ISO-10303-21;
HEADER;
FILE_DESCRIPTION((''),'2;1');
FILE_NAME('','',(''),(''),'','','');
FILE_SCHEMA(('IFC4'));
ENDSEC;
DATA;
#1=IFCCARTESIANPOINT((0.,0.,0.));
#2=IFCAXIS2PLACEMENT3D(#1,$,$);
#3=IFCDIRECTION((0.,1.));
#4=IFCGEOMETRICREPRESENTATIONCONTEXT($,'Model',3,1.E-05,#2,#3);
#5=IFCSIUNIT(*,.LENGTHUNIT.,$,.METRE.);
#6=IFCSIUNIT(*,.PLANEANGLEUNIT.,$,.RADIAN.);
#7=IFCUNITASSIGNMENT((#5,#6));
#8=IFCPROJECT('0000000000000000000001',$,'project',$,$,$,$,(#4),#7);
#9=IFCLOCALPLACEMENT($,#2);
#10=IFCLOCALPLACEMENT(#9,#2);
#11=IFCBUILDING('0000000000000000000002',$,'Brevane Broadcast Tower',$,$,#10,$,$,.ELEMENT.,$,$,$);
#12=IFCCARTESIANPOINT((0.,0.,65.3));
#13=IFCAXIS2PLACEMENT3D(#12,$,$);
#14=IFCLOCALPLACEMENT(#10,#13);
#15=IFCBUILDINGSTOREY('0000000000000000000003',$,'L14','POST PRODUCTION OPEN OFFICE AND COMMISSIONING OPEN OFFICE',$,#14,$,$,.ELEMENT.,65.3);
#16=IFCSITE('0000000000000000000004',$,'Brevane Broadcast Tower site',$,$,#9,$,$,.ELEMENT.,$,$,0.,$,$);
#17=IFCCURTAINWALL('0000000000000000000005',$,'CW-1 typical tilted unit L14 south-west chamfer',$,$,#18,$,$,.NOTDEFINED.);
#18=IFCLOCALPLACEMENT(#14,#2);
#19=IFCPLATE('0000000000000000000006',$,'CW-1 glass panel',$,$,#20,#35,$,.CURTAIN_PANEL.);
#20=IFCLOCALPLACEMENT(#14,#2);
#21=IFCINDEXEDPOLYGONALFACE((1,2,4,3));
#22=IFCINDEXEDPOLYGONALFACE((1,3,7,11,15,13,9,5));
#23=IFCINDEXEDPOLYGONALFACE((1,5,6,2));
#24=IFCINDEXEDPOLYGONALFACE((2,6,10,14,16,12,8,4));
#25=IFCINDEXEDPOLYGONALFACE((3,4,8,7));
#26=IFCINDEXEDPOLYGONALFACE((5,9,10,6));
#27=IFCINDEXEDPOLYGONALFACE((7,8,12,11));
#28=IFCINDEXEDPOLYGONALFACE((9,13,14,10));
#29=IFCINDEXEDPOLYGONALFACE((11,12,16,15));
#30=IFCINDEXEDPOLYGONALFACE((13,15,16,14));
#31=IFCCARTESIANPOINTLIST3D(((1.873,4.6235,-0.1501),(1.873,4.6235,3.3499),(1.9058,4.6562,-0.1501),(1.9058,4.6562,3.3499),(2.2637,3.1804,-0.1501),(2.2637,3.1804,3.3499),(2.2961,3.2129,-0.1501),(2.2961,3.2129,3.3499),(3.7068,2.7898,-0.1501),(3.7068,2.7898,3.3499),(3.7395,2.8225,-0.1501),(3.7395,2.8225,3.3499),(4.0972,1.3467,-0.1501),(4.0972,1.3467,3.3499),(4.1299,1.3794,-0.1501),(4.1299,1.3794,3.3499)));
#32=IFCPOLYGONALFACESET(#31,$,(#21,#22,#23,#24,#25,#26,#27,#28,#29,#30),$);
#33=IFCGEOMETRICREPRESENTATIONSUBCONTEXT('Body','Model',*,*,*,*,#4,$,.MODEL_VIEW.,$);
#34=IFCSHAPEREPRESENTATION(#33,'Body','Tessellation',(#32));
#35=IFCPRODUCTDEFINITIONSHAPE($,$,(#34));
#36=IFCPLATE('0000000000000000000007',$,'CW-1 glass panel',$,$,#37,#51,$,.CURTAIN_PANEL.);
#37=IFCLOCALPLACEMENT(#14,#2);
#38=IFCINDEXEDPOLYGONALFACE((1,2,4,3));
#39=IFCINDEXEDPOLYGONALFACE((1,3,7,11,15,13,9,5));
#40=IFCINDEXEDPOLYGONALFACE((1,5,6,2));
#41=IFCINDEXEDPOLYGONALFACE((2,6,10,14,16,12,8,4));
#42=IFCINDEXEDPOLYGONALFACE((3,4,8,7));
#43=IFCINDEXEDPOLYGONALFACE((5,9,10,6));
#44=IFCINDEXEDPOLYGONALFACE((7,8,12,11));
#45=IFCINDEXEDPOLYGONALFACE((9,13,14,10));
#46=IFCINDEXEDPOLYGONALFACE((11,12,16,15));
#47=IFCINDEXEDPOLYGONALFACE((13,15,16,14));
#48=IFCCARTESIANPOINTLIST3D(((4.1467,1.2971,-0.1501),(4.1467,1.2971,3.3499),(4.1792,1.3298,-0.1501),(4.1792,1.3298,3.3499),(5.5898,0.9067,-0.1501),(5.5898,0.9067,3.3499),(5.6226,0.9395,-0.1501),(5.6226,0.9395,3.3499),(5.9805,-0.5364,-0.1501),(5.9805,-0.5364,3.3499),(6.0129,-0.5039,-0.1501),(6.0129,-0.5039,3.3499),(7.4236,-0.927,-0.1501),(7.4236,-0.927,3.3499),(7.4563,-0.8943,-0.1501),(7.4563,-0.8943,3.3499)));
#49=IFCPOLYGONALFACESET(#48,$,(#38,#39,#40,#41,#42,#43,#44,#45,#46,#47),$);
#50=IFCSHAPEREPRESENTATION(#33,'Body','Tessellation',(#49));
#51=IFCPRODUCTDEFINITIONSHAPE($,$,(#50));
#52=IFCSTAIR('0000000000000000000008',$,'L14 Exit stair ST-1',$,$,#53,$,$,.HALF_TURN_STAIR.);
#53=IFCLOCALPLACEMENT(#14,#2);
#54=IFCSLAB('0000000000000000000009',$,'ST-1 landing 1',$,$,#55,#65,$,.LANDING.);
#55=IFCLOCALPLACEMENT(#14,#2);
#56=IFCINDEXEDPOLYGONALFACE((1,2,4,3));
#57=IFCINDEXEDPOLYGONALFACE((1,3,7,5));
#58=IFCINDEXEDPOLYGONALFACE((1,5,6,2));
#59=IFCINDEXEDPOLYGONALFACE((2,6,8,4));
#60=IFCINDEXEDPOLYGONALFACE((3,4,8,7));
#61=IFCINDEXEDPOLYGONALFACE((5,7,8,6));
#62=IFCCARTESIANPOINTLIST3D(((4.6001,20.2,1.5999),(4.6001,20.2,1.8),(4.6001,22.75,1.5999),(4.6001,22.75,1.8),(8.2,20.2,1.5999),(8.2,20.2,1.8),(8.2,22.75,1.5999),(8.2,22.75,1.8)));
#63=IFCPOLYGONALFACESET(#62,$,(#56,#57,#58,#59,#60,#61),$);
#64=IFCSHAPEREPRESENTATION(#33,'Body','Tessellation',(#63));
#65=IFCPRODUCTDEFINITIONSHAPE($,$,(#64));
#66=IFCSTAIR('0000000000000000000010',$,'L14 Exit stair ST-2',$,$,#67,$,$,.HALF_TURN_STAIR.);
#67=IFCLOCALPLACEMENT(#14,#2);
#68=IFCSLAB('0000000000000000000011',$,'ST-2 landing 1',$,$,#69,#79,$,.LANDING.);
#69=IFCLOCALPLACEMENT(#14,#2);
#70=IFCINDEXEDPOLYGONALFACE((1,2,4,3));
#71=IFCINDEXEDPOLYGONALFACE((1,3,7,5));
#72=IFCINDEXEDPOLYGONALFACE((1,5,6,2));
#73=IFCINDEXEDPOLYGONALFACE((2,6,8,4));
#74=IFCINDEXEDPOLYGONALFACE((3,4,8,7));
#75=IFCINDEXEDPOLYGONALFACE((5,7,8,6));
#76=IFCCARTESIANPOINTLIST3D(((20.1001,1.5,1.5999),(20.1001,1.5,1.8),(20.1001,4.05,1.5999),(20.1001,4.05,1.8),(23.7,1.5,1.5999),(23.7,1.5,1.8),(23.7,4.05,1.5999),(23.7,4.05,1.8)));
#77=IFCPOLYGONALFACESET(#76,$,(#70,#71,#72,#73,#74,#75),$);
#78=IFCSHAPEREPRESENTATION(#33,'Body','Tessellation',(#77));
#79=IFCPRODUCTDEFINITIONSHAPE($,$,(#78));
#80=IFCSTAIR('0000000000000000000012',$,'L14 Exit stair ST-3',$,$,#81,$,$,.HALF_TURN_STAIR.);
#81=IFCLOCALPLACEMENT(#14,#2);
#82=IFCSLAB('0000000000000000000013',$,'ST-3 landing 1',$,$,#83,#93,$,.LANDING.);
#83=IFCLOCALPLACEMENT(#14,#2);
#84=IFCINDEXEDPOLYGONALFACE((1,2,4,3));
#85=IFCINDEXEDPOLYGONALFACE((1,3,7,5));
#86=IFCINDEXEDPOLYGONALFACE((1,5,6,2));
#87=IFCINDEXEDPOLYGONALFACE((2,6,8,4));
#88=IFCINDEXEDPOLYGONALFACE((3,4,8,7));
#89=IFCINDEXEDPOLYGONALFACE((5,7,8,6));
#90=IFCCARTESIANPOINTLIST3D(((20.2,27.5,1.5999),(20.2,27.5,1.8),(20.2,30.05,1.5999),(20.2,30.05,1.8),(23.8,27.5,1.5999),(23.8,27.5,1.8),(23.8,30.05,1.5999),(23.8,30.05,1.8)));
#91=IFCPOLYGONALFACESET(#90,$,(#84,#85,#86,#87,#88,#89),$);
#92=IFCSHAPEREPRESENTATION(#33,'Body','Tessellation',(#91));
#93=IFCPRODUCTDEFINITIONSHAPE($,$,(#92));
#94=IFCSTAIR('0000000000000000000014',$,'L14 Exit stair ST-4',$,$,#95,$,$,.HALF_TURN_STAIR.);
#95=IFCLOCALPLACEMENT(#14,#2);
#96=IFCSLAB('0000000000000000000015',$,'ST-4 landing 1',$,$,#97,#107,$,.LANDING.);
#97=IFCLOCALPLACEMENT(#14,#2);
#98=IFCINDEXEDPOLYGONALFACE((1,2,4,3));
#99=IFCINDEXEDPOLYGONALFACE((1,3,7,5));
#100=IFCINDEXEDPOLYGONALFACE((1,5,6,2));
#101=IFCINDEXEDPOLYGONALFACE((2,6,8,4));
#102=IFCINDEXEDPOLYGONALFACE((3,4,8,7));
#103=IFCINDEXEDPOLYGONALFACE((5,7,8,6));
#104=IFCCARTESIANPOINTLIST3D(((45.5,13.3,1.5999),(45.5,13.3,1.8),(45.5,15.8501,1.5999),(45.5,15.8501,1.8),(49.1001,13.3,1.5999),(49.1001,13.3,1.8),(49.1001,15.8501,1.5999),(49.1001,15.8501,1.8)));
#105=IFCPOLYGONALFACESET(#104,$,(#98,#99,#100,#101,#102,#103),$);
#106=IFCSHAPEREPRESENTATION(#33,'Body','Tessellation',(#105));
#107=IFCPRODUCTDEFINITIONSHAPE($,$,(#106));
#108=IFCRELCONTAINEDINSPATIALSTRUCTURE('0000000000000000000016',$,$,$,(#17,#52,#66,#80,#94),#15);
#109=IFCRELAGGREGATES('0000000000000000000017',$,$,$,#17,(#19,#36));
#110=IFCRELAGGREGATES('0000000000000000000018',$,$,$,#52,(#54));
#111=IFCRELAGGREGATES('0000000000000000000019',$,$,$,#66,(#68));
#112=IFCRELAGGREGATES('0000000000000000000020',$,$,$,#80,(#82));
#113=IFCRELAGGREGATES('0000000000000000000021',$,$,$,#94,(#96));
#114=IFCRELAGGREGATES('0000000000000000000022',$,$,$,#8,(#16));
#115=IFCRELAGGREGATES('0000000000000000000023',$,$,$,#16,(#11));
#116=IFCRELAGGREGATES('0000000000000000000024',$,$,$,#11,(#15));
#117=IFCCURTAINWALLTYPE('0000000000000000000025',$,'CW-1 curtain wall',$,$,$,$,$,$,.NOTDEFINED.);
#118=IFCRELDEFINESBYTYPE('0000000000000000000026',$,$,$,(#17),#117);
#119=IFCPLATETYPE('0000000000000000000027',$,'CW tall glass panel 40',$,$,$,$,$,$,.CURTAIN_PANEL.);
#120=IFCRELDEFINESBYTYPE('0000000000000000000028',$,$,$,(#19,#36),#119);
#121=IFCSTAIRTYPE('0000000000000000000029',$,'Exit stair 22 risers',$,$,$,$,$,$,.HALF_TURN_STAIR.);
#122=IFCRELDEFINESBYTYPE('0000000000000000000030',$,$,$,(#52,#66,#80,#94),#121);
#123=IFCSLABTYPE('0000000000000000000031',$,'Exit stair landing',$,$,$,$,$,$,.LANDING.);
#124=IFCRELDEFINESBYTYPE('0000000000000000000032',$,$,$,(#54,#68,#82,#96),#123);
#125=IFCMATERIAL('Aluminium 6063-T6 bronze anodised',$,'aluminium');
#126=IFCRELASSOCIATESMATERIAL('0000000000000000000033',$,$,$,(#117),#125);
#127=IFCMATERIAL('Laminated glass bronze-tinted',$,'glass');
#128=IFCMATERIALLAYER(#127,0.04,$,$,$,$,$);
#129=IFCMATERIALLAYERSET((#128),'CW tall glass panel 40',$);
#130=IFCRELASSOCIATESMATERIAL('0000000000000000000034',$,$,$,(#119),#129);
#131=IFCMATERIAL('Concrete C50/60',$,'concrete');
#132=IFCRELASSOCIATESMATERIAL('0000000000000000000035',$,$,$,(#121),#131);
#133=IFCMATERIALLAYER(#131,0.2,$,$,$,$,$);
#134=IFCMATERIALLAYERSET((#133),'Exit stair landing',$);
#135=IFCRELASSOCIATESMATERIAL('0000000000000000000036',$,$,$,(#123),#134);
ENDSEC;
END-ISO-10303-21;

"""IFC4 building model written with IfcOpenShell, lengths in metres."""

from ifc_helpers import new_model, si_unit, direction, frame, origin, place, context, subcontext, project, spatial, polyline, outline, extrude, material, layer, layer_set, type_object, element, aggregate, save


model = new_model("IFC4")

# Units and contexts
model_context = context("Model", 3, precision=1e-05, world=origin(), true_north=direction((0.0, 1.0)))
body_context = subcontext(model_context, "Body", "Model", "MODEL_VIEW")
ifc_project = project(units=[si_unit("LENGTHUNIT", "METRE"), si_unit("PLANEANGLEUNIT", "RADIAN")], contexts=[model_context])

# Site, building, storey
site_placement = place(None, origin())
site = spatial("IfcSite", under=ifc_project, at=site_placement, Name="Brevane Broadcast Tower site", CompositionType="ELEMENT", RefElevation=0.0)
building_placement = place(site_placement, origin())
building = spatial("IfcBuilding", under=site, at=building_placement, Name="Brevane Broadcast Tower", CompositionType="ELEMENT")
storey_placement = place(building_placement, frame((0.0, 0.0, 65.3)))
storey = spatial("IfcBuildingStorey", under=building, at=storey_placement, Name="L14", Description="POST PRODUCTION OPEN OFFICE AND COMMISSIONING OPEN OFFICE", CompositionType="ELEMENT", Elevation=65.3)

# Curtain wall, plates
ifc_material_1 = material(Name="Aluminium 6063-T6 bronze anodised", Category="aluminium")
curtain_wall_type = type_object("IfcCurtainWallType", Name="CW-1 curtain wall", PredefinedType="NOTDEFINED", material=ifc_material_1)
ifc_material_2 = material(Name="Laminated glass bronze-tinted", Category="glass")
ifc_layer_1 = layer(ifc_material_2, 0.04)
ifc_layer_set_1 = layer_set([ifc_layer_1], Name="CW tall glass panel 40")
plate_type = type_object("IfcPlateType", Name="CW tall glass panel 40", PredefinedType="CURTAIN_PANEL", material=ifc_layer_set_1)
curtain_wall_1_placement = place(storey_placement, origin())
curtain_wall_1 = element("IfcCurtainWall", 1, at=curtain_wall_1_placement, inside=storey, type_object=curtain_wall_type, Name="CW-1 typical tilted unit L14 south-west chamfer", PredefinedType="NOTDEFINED")
plate_1_placement = place(storey_placement, frame((0.0, 0.0, -0.1501)))
plate_1 = element("IfcPlate", 2, at=plate_1_placement, type_object=plate_type, Name="CW-1 glass panel", PredefinedType="CURTAIN_PANEL", context=body_context, shape_type="SweptSolid", body=[
    extrude(outline(polyline([(1.9058, 4.6562), (1.873, 4.6235), (2.2637, 3.1804), (3.7068, 2.7898), (4.0972, 1.3467), (4.1299, 1.3794), (3.7395, 2.8225), (2.2961, 3.2129), (1.9058, 4.6562)])), origin(), (0.0, 0.0, 1.0), 3.5),
])
plate_2_placement = place(storey_placement, frame((0.0, 0.0, -0.1501)))
plate_2 = element("IfcPlate", 3, at=plate_2_placement, type_object=plate_type, Name="CW-1 glass panel", PredefinedType="CURTAIN_PANEL", context=body_context, shape_type="SweptSolid", body=[
    extrude(outline(polyline([(4.1792, 1.3298), (4.1467, 1.2971), (5.5898, 0.9067), (5.9805, -0.5364), (7.4236, -0.927), (7.4563, -0.8943), (6.0129, -0.5039), (5.6226, 0.9395), (4.1792, 1.3298)])), origin(), (0.0, 0.0, 1.0), 3.5),
])
aggregate(curtain_wall_1, [plate_1, plate_2])

# Stairs, slabs
ifc_material_3 = material(Name="Concrete C50/60", Category="concrete")
stair_type = type_object("IfcStairType", Name="Exit stair 22 risers", PredefinedType="HALF_TURN_STAIR", material=ifc_material_3)
stair_1_placement = place(storey_placement, origin())
stair_1 = element("IfcStair", 4, at=stair_1_placement, inside=storey, type_object=stair_type, Name="L14 Exit stair ST-1", PredefinedType="HALF_TURN_STAIR")
ifc_layer_2 = layer(ifc_material_3, 0.2)
ifc_layer_set_2 = layer_set([ifc_layer_2], Name="Exit stair landing")
slab_type_1 = type_object("IfcSlabType", Name="Exit stair landing", PredefinedType="LANDING", material=ifc_layer_set_2)
slab_1_placement = place(storey_placement, frame((0.0, 0.0, 1.5999)))
slab_1 = element("IfcSlab", 5, at=slab_1_placement, type_object=slab_type_1, Name="ST-1 landing 1", PredefinedType="LANDING", context=body_context, shape_type="SweptSolid", body=[
    extrude(outline(polyline([(4.6001, 20.2), (8.2, 20.2), (8.2, 22.75), (4.6001, 22.75), (4.6001, 20.2)])), origin(), (0.0, 0.0, 1.0), 0.2002),
])
aggregate(stair_1, [slab_1])
stair_2_placement = place(storey_placement, origin())
stair_2 = element("IfcStair", 6, at=stair_2_placement, inside=storey, type_object=stair_type, Name="L14 Exit stair ST-2", PredefinedType="HALF_TURN_STAIR")
slab_2_placement = place(storey_placement, frame((0.0, 0.0, 1.5999)))
slab_2 = element("IfcSlab", 7, at=slab_2_placement, type_object=slab_type_1, Name="ST-2 landing 1", PredefinedType="LANDING", context=body_context, shape_type="SweptSolid", body=[
    extrude(outline(polyline([(20.1001, 1.5), (23.7, 1.5), (23.7, 4.05), (20.1001, 4.05), (20.1001, 1.5)])), origin(), (0.0, 0.0, 1.0), 0.2002),
])
aggregate(stair_2, [slab_2])
stair_3_placement = place(storey_placement, origin())
stair_3 = element("IfcStair", 8, at=stair_3_placement, inside=storey, type_object=stair_type, Name="L14 Exit stair ST-3", PredefinedType="HALF_TURN_STAIR")
slab_3_placement = place(storey_placement, frame((0.0, 0.0, 1.5999)))
slab_3 = element("IfcSlab", 9, at=slab_3_placement, type_object=slab_type_1, Name="ST-3 landing 1", PredefinedType="LANDING", context=body_context, shape_type="SweptSolid", body=[
    extrude(outline(polyline([(20.2, 27.5), (23.8, 27.5), (23.8, 30.05), (20.2, 30.05), (20.2, 27.5)])), origin(), (0.0, 0.0, 1.0), 0.2002),
])
aggregate(stair_3, [slab_3])
stair_4_placement = place(storey_placement, origin())
stair_4 = element("IfcStair", 10, at=stair_4_placement, inside=storey, type_object=stair_type, Name="L14 Exit stair ST-4", PredefinedType="HALF_TURN_STAIR")
slab_4_placement = place(storey_placement, frame((0.0, 0.0, 1.5999)))
slab_4 = element("IfcSlab", 11, at=slab_4_placement, type_object=slab_type_1, Name="ST-4 landing 1", PredefinedType="LANDING", context=body_context, shape_type="SweptSolid", body=[
    extrude(outline(polyline([(45.5, 13.3), (49.1001, 13.3), (49.1001, 15.8501), (45.5, 15.8501), (45.5, 13.3)])), origin(), (0.0, 0.0, 1.0), 0.2002),
])
aggregate(stair_4, [slab_4])

save(model, "model.ifc")
